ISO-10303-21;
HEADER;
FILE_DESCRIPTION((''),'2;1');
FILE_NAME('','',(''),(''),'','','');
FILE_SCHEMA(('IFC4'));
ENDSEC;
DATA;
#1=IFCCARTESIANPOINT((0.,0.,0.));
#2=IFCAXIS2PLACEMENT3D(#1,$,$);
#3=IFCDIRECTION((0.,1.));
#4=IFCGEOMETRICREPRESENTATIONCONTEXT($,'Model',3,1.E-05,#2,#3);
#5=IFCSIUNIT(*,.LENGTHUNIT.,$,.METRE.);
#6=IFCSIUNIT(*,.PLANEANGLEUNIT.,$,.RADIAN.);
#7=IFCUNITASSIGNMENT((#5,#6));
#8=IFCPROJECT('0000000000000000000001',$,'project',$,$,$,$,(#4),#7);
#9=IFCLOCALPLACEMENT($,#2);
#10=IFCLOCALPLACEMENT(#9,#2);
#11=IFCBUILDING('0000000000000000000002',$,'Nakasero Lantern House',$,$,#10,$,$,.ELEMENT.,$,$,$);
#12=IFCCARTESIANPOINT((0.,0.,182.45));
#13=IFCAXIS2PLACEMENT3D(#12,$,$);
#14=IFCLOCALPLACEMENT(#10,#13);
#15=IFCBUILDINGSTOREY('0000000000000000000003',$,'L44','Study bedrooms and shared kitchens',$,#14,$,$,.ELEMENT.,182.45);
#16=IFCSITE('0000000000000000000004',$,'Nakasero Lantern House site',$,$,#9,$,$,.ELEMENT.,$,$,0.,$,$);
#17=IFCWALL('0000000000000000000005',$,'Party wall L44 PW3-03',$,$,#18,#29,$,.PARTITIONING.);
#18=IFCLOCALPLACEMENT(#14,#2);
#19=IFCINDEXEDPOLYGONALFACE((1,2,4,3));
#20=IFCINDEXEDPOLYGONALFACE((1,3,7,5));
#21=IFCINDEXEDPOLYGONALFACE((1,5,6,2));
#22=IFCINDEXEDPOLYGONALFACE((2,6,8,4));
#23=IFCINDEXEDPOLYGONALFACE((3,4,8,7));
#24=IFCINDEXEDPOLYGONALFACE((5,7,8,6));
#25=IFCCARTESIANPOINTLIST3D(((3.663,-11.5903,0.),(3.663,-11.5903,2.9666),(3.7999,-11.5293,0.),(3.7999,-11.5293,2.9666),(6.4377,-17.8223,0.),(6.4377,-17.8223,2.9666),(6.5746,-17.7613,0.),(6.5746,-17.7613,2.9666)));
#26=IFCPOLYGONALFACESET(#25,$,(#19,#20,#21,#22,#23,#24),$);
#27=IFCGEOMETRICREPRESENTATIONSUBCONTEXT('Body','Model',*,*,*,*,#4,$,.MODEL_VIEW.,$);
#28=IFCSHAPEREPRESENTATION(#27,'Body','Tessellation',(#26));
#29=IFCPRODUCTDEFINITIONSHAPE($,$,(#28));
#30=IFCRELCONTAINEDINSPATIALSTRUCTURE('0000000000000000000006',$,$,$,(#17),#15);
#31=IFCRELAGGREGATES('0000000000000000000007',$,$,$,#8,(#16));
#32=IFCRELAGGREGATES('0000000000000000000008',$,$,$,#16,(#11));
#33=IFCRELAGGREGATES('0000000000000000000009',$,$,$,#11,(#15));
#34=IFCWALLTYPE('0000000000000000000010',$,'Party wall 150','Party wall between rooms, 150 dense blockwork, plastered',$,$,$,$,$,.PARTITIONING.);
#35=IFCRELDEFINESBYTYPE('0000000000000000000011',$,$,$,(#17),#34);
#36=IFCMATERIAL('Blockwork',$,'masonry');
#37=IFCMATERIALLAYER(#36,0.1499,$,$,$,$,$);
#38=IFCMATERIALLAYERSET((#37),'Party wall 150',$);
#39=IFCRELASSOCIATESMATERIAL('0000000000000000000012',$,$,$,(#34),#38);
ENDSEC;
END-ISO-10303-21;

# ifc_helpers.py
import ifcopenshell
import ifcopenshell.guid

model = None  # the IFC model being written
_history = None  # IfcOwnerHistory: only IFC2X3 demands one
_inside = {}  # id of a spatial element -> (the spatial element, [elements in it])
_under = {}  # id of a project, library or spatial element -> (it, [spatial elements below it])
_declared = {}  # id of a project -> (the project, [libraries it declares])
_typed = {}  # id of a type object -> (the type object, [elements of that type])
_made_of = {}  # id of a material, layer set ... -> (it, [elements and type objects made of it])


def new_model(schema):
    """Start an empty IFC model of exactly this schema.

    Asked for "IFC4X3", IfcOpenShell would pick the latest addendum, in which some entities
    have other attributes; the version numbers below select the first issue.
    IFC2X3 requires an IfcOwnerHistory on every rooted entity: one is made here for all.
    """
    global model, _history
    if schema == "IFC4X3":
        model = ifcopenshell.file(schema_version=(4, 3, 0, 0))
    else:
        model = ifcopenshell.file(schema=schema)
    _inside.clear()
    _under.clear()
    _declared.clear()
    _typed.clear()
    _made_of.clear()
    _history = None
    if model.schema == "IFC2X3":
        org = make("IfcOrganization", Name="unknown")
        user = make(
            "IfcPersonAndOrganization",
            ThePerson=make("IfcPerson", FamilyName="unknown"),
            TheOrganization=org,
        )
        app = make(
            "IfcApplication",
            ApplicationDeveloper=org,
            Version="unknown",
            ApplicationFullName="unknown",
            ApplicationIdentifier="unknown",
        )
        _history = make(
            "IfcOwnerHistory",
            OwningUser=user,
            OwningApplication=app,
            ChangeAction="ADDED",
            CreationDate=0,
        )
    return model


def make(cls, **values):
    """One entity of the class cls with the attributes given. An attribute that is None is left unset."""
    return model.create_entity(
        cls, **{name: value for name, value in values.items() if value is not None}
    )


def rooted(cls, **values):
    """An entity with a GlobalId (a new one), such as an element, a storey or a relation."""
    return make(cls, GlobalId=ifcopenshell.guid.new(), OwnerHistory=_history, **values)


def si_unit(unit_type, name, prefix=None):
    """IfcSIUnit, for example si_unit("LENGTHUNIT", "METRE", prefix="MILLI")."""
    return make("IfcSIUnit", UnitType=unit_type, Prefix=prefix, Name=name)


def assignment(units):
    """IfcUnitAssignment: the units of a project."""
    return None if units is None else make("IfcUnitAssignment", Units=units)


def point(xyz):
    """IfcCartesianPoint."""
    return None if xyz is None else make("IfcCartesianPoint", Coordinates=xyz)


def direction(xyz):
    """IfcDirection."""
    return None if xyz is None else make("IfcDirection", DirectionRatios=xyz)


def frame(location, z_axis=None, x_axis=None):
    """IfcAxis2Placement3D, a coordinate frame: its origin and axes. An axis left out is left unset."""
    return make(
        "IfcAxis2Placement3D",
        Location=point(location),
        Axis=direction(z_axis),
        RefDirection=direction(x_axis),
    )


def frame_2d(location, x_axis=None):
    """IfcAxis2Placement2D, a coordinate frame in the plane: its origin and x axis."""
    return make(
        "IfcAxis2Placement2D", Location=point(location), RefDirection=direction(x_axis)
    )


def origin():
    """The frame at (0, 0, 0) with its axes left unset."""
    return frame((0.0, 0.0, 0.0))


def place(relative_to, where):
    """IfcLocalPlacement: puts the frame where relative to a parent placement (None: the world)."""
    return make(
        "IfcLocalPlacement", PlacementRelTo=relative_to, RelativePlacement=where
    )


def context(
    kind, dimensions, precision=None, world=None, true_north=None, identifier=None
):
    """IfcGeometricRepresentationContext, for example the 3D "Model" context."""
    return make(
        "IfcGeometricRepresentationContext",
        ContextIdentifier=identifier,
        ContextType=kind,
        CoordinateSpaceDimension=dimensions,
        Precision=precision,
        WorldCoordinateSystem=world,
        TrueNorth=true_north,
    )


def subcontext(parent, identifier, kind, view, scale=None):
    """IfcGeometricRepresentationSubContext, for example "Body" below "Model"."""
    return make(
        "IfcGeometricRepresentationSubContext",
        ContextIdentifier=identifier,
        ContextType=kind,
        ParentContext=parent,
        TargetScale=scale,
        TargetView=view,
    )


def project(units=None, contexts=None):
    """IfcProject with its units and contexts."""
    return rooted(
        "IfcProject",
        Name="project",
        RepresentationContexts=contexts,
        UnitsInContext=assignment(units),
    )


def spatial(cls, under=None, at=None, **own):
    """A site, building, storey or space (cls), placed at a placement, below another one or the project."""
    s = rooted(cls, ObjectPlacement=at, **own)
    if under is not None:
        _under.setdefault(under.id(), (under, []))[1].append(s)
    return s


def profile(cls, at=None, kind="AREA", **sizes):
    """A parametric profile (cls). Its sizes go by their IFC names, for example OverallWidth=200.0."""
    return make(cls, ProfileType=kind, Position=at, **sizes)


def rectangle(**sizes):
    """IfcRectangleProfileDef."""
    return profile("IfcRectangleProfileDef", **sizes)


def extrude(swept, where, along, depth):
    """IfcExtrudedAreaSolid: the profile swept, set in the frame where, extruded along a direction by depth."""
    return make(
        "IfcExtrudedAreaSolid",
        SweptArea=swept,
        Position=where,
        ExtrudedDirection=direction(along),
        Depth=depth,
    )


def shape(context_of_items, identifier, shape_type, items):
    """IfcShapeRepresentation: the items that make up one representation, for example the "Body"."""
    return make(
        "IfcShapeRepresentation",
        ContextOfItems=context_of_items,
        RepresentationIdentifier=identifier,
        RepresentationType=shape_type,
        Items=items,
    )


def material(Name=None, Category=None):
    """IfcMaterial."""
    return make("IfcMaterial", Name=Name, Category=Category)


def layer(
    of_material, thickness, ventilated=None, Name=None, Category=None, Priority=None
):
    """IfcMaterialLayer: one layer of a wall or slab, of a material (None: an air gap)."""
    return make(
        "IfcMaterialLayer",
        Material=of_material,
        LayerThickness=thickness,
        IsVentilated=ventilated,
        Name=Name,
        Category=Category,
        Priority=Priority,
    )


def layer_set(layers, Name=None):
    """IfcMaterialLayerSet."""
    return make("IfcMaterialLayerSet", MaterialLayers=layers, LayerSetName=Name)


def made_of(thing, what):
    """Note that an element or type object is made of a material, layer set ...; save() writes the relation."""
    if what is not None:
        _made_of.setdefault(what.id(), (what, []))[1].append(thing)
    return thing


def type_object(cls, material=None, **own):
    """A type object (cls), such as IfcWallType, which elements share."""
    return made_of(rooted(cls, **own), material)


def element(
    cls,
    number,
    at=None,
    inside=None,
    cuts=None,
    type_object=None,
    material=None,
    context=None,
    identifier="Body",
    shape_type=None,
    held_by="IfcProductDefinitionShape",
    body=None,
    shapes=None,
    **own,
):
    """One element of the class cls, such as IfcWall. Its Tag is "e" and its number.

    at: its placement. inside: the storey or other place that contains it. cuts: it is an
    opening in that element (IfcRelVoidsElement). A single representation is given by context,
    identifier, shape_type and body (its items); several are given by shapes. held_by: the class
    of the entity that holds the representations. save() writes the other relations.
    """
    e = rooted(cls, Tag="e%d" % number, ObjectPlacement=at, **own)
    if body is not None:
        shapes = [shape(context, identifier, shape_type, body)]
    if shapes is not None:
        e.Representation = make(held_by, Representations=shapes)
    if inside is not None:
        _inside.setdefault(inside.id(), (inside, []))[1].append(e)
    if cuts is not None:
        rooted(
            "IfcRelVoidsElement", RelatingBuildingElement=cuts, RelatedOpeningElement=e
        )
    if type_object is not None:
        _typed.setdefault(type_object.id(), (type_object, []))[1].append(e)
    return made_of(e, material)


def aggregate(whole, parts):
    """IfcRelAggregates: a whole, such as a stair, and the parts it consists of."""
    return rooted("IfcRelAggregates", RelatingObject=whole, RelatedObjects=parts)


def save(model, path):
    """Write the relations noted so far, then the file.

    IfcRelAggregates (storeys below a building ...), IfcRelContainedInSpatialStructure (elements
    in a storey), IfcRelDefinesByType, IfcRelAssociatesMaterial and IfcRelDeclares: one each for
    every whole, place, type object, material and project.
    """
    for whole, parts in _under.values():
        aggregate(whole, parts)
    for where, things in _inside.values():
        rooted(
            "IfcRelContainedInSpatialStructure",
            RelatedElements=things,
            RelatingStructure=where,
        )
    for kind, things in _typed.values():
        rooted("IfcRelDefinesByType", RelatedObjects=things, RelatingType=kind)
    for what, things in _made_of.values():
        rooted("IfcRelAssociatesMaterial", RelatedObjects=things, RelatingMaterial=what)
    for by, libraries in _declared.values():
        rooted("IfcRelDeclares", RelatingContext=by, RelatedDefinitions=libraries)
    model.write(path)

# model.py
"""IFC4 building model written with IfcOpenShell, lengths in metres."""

from ifc_helpers import new_model, si_unit, direction, frame, frame_2d, origin, place, context, subcontext, project, spatial, rectangle, extrude, material, layer, layer_set, type_object, element, save


model = new_model("IFC4")

# Units and contexts
model_context = context("Model", 3, precision=1e-05, world=origin(), true_north=direction((0.0, 1.0)))
body_context = subcontext(model_context, "Body", "Model", "MODEL_VIEW")
ifc_project = project(units=[si_unit("LENGTHUNIT", "METRE"), si_unit("PLANEANGLEUNIT", "RADIAN")], contexts=[model_context])

# Site, building, storey
site_placement = place(None, origin())
site = spatial("IfcSite", under=ifc_project, at=site_placement, Name="Nakasero Lantern House site", CompositionType="ELEMENT", RefElevation=0.0)
building_placement = place(site_placement, origin())
building = spatial("IfcBuilding", under=site, at=building_placement, Name="Nakasero Lantern House", CompositionType="ELEMENT")
storey_placement = place(building_placement, frame((0.0, 0.0, 182.45)))
storey = spatial("IfcBuildingStorey", under=building, at=storey_placement, Name="L44", Description="Study bedrooms and shared kitchens", CompositionType="ELEMENT", Elevation=182.45)

# Wall
ifc_material_1 = material(Name="Blockwork", Category="masonry")
ifc_layer_1 = layer(ifc_material_1, 0.1499)
ifc_layer_set_1 = layer_set([ifc_layer_1], Name="Party wall 150")
wall_type_1 = type_object("IfcWallType", Name="Party wall 150", Description="Party wall between rooms, 150 dense blockwork, plastered", PredefinedType="PARTITIONING", material=ifc_layer_set_1)
wall_1_placement = place(storey_placement, frame((3.7314, -11.5598, 0.0), z_axis=(0.0, 0.0, 1.0), x_axis=(0.406739, -0.913544, 0.0)))
element("IfcWall", 1, at=wall_1_placement, inside=storey, type_object=wall_type_1, Name="Party wall L44 PW3-03", PredefinedType="PARTITIONING", context=body_context, shape_type="SweptSolid", body=[
    extrude(rectangle(XDim=6.8218, YDim=0.1499, at=frame_2d((3.4109, 0.0))), origin(), (0.0, 0.0, 1.0), 2.9666),
])

save(model, "model.ifc")
